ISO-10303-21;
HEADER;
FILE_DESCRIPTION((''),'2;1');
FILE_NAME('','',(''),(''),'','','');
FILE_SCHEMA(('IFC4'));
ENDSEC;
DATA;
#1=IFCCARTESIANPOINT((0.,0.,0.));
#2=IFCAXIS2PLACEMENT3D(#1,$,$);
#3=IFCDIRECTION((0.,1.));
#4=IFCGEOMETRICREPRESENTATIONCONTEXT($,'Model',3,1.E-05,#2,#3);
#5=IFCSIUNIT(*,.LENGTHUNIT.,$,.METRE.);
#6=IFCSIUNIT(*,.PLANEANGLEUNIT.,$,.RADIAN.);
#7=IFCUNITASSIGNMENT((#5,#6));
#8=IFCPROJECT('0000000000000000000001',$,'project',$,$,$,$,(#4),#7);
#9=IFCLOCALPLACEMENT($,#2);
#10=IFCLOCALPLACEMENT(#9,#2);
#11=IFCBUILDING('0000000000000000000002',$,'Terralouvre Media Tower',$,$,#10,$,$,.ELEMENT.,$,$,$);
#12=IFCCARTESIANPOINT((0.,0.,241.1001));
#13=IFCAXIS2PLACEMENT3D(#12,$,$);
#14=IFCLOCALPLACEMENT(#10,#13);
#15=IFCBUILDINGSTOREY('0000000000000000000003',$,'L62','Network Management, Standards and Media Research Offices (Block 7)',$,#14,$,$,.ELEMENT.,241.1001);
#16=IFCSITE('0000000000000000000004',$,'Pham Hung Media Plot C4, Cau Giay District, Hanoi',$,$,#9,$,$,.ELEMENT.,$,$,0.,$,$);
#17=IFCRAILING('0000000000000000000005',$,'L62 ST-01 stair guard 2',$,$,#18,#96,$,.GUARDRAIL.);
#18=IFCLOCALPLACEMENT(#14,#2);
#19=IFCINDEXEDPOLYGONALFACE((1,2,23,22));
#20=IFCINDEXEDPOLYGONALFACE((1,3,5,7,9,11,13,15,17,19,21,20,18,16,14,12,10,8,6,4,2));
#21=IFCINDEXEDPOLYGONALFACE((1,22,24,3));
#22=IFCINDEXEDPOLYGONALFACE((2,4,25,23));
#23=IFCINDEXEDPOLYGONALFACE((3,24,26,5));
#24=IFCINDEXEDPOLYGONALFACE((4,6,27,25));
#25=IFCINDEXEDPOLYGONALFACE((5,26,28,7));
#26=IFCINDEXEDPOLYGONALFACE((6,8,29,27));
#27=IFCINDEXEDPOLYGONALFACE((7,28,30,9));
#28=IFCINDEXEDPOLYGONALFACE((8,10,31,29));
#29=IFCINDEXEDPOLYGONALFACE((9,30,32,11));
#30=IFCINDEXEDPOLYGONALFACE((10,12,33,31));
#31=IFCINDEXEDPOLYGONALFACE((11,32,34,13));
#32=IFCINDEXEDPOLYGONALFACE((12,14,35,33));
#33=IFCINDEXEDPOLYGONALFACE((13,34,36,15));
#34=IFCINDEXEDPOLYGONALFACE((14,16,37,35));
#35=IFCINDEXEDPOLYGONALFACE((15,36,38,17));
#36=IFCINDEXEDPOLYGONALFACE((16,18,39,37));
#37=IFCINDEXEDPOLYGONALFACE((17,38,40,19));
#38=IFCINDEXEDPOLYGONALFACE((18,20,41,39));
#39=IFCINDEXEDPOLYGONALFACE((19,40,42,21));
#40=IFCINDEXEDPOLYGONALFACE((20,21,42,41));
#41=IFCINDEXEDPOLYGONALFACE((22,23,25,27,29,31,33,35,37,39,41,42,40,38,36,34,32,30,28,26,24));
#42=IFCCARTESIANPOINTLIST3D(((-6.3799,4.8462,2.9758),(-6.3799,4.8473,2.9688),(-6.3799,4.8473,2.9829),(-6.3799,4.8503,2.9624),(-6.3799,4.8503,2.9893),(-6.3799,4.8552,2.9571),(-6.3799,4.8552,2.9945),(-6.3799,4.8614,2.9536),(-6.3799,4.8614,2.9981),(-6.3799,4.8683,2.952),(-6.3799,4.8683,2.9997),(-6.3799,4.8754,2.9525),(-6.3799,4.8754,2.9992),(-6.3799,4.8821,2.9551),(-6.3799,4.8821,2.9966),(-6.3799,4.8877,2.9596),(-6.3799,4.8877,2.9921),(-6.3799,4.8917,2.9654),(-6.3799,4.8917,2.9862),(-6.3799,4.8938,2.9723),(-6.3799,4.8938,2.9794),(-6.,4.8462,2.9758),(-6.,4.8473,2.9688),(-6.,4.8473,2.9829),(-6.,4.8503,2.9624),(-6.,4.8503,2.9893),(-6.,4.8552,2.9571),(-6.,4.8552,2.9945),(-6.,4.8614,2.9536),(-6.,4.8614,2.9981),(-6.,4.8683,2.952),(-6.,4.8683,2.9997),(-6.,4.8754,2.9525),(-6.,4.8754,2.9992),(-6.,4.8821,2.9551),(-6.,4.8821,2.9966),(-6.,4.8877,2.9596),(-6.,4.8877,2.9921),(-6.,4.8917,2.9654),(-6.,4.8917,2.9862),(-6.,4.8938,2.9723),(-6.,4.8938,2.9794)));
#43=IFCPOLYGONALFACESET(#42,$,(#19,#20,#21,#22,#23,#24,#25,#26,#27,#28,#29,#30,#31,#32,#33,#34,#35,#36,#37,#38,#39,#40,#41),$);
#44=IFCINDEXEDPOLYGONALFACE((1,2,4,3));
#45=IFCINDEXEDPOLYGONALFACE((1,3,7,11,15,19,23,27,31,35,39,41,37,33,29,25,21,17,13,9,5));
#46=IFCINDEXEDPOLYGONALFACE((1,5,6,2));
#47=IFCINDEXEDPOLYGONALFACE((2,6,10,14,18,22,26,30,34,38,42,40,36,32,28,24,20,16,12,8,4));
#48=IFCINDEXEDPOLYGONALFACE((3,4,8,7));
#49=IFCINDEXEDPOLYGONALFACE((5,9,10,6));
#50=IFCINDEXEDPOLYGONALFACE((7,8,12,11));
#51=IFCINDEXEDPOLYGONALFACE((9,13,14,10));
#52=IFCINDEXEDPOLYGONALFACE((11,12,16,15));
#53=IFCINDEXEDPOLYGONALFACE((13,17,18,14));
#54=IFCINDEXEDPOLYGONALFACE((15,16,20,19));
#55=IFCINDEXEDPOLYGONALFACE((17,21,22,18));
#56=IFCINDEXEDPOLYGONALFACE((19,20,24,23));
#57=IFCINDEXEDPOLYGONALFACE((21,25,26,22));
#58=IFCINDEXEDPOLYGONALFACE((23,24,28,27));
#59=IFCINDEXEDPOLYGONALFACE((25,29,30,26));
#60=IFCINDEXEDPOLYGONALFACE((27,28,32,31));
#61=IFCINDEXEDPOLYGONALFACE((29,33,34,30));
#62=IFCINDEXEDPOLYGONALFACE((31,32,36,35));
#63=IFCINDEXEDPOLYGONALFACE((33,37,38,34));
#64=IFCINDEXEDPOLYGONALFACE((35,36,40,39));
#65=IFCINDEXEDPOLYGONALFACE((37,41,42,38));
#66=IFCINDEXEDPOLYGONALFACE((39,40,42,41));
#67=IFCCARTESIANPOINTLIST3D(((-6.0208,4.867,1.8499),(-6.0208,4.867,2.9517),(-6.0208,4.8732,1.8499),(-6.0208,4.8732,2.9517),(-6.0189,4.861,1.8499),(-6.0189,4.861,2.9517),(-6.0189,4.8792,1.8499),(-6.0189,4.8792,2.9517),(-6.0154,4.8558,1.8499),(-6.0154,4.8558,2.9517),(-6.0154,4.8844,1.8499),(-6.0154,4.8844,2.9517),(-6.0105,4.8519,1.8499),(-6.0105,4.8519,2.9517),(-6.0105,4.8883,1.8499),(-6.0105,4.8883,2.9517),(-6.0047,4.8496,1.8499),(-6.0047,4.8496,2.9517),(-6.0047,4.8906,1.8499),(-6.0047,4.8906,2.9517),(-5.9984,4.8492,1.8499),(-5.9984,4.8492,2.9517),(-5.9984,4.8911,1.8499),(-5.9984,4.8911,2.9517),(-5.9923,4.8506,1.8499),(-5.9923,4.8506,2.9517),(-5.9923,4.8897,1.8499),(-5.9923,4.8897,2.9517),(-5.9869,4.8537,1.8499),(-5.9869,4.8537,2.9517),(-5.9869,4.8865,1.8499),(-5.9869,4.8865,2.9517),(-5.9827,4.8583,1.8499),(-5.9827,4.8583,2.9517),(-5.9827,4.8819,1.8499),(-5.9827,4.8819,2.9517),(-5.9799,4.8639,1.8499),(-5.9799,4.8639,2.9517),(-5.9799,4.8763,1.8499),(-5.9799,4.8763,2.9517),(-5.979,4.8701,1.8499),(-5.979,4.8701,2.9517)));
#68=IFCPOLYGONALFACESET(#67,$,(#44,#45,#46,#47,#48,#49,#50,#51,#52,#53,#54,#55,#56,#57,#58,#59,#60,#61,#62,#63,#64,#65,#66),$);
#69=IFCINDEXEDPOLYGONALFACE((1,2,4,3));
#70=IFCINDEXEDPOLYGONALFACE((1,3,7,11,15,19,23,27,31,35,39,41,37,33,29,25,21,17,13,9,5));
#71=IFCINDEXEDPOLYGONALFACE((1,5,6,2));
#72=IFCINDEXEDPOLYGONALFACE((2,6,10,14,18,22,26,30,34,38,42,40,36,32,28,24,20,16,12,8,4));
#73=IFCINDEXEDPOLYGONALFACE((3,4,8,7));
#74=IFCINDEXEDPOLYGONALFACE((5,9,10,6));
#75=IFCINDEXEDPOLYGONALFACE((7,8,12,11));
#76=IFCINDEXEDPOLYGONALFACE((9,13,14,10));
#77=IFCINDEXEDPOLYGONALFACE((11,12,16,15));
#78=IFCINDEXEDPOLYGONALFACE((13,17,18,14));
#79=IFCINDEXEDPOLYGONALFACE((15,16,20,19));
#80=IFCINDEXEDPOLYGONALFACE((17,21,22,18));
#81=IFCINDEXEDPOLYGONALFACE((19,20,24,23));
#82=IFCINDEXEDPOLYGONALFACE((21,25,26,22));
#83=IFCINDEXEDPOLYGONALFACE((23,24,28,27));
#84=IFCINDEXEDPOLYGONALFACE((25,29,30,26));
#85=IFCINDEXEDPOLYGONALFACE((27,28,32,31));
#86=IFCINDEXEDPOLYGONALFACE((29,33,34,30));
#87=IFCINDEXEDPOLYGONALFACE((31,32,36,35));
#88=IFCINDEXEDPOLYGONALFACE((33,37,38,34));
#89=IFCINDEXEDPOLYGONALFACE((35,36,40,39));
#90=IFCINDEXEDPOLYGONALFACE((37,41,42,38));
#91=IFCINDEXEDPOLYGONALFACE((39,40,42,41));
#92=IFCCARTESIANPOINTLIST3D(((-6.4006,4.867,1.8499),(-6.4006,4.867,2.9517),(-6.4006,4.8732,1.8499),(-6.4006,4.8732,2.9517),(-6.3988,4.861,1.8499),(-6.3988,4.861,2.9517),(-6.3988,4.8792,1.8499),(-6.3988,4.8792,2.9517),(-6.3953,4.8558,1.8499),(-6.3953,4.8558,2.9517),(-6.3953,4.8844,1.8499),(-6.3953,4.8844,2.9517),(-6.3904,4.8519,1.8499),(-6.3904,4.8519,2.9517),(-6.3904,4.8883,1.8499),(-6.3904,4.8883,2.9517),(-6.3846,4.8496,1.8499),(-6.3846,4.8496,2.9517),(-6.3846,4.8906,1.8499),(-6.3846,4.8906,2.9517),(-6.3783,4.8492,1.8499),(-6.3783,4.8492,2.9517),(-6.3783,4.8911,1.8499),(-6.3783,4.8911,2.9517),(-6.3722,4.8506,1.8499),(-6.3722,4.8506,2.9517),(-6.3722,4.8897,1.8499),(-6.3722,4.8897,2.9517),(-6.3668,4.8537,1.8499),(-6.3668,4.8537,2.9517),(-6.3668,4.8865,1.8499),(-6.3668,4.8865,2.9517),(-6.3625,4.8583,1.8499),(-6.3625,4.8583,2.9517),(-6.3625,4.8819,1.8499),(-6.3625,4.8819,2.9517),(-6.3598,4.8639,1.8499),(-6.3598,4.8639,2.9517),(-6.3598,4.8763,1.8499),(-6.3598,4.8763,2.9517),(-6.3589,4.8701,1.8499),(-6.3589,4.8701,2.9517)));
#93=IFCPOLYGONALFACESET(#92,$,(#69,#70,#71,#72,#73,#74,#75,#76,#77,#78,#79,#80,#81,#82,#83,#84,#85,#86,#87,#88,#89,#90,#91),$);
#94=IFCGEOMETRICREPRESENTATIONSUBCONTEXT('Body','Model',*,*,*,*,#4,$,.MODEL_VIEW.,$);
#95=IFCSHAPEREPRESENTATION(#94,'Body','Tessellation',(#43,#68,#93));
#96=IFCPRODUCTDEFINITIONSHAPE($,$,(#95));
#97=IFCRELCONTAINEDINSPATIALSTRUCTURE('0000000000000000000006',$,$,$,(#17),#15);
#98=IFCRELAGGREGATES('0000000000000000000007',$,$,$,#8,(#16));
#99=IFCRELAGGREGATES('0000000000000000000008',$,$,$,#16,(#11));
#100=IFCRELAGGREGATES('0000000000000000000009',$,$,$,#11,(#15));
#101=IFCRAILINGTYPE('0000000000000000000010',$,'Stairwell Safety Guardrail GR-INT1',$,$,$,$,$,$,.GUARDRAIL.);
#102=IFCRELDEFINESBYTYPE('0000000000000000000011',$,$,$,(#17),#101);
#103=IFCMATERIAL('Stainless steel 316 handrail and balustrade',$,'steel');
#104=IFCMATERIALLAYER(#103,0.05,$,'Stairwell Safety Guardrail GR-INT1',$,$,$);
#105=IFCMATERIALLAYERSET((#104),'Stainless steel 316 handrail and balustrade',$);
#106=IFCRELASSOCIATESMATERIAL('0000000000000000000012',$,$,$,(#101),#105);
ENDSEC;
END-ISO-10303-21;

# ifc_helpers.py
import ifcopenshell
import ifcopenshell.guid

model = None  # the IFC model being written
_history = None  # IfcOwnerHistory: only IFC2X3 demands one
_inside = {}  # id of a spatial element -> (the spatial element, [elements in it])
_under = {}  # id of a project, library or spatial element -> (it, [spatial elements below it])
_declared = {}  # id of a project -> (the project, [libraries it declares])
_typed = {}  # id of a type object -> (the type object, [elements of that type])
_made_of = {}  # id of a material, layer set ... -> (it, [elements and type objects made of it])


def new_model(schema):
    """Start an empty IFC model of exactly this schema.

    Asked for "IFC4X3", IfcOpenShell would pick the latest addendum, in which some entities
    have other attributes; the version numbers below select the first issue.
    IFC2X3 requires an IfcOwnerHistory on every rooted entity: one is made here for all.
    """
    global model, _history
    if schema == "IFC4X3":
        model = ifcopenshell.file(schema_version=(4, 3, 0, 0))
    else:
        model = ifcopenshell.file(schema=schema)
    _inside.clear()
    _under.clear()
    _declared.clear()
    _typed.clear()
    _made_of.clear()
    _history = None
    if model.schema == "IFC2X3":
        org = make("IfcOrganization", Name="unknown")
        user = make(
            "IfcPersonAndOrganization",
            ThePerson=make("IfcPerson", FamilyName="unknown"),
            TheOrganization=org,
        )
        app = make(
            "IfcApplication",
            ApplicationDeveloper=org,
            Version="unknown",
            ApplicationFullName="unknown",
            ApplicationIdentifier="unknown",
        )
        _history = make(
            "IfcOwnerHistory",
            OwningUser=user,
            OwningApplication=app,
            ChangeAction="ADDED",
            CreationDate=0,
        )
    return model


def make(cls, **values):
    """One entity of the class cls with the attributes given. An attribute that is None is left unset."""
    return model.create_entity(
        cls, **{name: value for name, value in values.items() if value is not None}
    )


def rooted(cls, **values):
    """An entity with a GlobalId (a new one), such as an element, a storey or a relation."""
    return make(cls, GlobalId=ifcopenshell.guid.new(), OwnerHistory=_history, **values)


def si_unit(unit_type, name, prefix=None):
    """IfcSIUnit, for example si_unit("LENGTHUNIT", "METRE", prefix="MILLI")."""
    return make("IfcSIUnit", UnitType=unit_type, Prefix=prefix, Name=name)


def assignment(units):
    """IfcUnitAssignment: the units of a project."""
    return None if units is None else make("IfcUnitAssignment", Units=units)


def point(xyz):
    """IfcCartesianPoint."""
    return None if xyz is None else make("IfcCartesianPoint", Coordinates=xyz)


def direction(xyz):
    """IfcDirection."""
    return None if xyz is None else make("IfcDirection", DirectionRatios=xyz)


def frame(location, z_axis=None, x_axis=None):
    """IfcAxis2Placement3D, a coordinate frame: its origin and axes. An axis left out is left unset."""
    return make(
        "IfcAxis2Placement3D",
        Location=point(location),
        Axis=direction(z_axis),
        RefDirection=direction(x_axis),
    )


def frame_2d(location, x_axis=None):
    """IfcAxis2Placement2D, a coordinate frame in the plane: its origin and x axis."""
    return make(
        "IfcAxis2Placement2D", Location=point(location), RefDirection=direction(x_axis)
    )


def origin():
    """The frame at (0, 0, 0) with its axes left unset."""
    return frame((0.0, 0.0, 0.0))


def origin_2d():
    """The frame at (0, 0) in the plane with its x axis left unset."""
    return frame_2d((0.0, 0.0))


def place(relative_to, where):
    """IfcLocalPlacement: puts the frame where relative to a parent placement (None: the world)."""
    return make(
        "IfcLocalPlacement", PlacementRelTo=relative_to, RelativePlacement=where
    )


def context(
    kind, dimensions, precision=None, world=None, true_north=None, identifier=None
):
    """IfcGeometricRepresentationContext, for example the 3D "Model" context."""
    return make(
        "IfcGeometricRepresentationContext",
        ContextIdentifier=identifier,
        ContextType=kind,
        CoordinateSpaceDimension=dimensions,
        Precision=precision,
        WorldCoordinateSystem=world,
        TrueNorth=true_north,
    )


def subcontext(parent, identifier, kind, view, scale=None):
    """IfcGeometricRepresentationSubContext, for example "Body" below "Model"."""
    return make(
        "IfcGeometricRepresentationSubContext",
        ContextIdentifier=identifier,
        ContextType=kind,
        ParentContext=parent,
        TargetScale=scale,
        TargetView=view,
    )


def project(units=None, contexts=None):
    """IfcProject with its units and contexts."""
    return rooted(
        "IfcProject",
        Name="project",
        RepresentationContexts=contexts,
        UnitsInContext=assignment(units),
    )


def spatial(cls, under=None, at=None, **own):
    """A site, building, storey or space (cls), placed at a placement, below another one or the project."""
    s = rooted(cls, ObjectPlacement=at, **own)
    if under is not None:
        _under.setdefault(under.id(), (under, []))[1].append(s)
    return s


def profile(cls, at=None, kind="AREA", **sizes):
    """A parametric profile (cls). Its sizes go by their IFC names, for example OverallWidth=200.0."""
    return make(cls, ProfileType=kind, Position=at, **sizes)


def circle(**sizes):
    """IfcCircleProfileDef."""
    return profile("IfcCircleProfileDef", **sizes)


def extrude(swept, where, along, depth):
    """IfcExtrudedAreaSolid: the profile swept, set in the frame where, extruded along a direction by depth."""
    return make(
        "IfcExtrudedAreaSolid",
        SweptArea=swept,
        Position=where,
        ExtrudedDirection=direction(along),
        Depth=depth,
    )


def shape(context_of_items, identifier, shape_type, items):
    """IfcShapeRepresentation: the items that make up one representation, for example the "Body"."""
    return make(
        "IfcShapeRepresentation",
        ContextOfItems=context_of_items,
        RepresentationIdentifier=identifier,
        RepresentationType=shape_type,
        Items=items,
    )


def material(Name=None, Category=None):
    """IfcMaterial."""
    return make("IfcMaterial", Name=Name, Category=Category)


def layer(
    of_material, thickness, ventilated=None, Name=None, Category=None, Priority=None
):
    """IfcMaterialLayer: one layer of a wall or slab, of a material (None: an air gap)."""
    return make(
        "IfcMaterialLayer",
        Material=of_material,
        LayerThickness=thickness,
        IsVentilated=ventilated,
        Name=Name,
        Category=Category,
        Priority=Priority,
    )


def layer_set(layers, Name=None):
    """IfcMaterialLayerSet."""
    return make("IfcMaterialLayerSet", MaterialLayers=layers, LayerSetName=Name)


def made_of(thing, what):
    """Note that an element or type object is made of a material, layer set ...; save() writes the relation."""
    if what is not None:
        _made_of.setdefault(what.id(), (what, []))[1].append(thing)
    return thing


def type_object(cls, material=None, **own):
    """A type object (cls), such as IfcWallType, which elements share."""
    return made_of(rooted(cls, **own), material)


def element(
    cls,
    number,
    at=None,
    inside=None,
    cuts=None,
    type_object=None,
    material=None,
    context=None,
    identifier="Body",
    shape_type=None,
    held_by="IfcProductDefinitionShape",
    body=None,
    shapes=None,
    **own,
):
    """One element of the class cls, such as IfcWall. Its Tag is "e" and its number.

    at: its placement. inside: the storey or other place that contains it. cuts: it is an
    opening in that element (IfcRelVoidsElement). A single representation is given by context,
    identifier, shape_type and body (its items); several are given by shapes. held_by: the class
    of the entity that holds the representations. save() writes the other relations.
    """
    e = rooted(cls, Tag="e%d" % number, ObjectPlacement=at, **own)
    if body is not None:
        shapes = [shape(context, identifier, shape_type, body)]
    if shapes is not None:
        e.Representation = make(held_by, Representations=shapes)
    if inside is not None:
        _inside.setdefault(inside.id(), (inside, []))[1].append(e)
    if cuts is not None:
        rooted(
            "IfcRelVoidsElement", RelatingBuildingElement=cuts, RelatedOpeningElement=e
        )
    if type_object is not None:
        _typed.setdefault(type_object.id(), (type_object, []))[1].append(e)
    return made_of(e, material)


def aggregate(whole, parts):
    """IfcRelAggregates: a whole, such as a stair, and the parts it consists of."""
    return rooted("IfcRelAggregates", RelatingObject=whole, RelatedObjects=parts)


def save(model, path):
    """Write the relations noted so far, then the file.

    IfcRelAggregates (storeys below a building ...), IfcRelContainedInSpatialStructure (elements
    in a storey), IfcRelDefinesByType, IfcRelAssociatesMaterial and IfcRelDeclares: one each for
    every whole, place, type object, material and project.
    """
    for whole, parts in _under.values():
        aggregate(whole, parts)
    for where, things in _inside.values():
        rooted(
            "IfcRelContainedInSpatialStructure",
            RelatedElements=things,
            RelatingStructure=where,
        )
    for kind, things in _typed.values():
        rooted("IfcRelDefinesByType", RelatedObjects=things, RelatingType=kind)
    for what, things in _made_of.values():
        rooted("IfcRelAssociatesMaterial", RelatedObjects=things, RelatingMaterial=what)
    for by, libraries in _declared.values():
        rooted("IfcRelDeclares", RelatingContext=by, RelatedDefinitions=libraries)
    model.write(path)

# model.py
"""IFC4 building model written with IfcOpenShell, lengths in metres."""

from ifc_helpers import new_model, si_unit, direction, frame, origin, origin_2d, place, context, subcontext, project, spatial, circle, extrude, material, layer, layer_set, type_object, element, save


model = new_model("IFC4")

# Units and contexts
model_context = context("Model", 3, precision=1e-05, world=origin(), true_north=direction((0.0, 1.0)))
body_context = subcontext(model_context, "Body", "Model", "MODEL_VIEW")
ifc_project = project(units=[si_unit("LENGTHUNIT", "METRE"), si_unit("PLANEANGLEUNIT", "RADIAN")], contexts=[model_context])

# Site, building, storey
site_placement = place(None, origin())
site = spatial("IfcSite", under=ifc_project, at=site_placement, Name="Pham Hung Media Plot C4, Cau Giay District, Hanoi", CompositionType="ELEMENT", RefElevation=0.0)
building_placement = place(site_placement, origin())
building = spatial("IfcBuilding", under=site, at=building_placement, Name="Terralouvre Media Tower", CompositionType="ELEMENT")
storey_placement = place(building_placement, frame((0.0, 0.0, 241.1001)))
storey = spatial("IfcBuildingStorey", under=building, at=storey_placement, Name="L62", Description="Network Management, Standards and Media Research Offices (Block 7)", CompositionType="ELEMENT", Elevation=241.1001)

# Railing
ifc_material_1 = material(Name="Stainless steel 316 handrail and balustrade", Category="steel")
ifc_layer_1 = layer(ifc_material_1, 0.05, Name="Stairwell Safety Guardrail GR-INT1")
ifc_layer_set_1 = layer_set([ifc_layer_1], Name="Stainless steel 316 handrail and balustrade")
railing_type_1 = type_object("IfcRailingType", Name="Stairwell Safety Guardrail GR-INT1", PredefinedType="GUARDRAIL", material=ifc_layer_set_1)
railing_1_placement = place(storey_placement, frame((-6.0, 4.8701, 1.8499)))
element("IfcRailing", 1, at=railing_1_placement, inside=storey, type_object=railing_type_1, Name="L62 ST-01 stair guard 2", PredefinedType="GUARDRAIL", context=body_context, shape_type="SweptSolid", body=[
    extrude(circle(Radius=0.0239, at=origin_2d()), frame((0.0, 0.0, 1.126), z_axis=(-1.0, 0.0, 0.0), x_axis=(0.0, -1.0, 0.0)), (0.0, 0.0, 1.0), 0.3799),
    extrude(circle(Radius=0.021, at=origin_2d()), origin(), (0.0, 0.0, 1.0), 1.1018),
    extrude(circle(Radius=0.021, at=origin_2d()), frame((-0.3799, 0.0, 0.0)), (0.0, 0.0, 1.0), 1.1018),
])

save(model, "model.ifc")
